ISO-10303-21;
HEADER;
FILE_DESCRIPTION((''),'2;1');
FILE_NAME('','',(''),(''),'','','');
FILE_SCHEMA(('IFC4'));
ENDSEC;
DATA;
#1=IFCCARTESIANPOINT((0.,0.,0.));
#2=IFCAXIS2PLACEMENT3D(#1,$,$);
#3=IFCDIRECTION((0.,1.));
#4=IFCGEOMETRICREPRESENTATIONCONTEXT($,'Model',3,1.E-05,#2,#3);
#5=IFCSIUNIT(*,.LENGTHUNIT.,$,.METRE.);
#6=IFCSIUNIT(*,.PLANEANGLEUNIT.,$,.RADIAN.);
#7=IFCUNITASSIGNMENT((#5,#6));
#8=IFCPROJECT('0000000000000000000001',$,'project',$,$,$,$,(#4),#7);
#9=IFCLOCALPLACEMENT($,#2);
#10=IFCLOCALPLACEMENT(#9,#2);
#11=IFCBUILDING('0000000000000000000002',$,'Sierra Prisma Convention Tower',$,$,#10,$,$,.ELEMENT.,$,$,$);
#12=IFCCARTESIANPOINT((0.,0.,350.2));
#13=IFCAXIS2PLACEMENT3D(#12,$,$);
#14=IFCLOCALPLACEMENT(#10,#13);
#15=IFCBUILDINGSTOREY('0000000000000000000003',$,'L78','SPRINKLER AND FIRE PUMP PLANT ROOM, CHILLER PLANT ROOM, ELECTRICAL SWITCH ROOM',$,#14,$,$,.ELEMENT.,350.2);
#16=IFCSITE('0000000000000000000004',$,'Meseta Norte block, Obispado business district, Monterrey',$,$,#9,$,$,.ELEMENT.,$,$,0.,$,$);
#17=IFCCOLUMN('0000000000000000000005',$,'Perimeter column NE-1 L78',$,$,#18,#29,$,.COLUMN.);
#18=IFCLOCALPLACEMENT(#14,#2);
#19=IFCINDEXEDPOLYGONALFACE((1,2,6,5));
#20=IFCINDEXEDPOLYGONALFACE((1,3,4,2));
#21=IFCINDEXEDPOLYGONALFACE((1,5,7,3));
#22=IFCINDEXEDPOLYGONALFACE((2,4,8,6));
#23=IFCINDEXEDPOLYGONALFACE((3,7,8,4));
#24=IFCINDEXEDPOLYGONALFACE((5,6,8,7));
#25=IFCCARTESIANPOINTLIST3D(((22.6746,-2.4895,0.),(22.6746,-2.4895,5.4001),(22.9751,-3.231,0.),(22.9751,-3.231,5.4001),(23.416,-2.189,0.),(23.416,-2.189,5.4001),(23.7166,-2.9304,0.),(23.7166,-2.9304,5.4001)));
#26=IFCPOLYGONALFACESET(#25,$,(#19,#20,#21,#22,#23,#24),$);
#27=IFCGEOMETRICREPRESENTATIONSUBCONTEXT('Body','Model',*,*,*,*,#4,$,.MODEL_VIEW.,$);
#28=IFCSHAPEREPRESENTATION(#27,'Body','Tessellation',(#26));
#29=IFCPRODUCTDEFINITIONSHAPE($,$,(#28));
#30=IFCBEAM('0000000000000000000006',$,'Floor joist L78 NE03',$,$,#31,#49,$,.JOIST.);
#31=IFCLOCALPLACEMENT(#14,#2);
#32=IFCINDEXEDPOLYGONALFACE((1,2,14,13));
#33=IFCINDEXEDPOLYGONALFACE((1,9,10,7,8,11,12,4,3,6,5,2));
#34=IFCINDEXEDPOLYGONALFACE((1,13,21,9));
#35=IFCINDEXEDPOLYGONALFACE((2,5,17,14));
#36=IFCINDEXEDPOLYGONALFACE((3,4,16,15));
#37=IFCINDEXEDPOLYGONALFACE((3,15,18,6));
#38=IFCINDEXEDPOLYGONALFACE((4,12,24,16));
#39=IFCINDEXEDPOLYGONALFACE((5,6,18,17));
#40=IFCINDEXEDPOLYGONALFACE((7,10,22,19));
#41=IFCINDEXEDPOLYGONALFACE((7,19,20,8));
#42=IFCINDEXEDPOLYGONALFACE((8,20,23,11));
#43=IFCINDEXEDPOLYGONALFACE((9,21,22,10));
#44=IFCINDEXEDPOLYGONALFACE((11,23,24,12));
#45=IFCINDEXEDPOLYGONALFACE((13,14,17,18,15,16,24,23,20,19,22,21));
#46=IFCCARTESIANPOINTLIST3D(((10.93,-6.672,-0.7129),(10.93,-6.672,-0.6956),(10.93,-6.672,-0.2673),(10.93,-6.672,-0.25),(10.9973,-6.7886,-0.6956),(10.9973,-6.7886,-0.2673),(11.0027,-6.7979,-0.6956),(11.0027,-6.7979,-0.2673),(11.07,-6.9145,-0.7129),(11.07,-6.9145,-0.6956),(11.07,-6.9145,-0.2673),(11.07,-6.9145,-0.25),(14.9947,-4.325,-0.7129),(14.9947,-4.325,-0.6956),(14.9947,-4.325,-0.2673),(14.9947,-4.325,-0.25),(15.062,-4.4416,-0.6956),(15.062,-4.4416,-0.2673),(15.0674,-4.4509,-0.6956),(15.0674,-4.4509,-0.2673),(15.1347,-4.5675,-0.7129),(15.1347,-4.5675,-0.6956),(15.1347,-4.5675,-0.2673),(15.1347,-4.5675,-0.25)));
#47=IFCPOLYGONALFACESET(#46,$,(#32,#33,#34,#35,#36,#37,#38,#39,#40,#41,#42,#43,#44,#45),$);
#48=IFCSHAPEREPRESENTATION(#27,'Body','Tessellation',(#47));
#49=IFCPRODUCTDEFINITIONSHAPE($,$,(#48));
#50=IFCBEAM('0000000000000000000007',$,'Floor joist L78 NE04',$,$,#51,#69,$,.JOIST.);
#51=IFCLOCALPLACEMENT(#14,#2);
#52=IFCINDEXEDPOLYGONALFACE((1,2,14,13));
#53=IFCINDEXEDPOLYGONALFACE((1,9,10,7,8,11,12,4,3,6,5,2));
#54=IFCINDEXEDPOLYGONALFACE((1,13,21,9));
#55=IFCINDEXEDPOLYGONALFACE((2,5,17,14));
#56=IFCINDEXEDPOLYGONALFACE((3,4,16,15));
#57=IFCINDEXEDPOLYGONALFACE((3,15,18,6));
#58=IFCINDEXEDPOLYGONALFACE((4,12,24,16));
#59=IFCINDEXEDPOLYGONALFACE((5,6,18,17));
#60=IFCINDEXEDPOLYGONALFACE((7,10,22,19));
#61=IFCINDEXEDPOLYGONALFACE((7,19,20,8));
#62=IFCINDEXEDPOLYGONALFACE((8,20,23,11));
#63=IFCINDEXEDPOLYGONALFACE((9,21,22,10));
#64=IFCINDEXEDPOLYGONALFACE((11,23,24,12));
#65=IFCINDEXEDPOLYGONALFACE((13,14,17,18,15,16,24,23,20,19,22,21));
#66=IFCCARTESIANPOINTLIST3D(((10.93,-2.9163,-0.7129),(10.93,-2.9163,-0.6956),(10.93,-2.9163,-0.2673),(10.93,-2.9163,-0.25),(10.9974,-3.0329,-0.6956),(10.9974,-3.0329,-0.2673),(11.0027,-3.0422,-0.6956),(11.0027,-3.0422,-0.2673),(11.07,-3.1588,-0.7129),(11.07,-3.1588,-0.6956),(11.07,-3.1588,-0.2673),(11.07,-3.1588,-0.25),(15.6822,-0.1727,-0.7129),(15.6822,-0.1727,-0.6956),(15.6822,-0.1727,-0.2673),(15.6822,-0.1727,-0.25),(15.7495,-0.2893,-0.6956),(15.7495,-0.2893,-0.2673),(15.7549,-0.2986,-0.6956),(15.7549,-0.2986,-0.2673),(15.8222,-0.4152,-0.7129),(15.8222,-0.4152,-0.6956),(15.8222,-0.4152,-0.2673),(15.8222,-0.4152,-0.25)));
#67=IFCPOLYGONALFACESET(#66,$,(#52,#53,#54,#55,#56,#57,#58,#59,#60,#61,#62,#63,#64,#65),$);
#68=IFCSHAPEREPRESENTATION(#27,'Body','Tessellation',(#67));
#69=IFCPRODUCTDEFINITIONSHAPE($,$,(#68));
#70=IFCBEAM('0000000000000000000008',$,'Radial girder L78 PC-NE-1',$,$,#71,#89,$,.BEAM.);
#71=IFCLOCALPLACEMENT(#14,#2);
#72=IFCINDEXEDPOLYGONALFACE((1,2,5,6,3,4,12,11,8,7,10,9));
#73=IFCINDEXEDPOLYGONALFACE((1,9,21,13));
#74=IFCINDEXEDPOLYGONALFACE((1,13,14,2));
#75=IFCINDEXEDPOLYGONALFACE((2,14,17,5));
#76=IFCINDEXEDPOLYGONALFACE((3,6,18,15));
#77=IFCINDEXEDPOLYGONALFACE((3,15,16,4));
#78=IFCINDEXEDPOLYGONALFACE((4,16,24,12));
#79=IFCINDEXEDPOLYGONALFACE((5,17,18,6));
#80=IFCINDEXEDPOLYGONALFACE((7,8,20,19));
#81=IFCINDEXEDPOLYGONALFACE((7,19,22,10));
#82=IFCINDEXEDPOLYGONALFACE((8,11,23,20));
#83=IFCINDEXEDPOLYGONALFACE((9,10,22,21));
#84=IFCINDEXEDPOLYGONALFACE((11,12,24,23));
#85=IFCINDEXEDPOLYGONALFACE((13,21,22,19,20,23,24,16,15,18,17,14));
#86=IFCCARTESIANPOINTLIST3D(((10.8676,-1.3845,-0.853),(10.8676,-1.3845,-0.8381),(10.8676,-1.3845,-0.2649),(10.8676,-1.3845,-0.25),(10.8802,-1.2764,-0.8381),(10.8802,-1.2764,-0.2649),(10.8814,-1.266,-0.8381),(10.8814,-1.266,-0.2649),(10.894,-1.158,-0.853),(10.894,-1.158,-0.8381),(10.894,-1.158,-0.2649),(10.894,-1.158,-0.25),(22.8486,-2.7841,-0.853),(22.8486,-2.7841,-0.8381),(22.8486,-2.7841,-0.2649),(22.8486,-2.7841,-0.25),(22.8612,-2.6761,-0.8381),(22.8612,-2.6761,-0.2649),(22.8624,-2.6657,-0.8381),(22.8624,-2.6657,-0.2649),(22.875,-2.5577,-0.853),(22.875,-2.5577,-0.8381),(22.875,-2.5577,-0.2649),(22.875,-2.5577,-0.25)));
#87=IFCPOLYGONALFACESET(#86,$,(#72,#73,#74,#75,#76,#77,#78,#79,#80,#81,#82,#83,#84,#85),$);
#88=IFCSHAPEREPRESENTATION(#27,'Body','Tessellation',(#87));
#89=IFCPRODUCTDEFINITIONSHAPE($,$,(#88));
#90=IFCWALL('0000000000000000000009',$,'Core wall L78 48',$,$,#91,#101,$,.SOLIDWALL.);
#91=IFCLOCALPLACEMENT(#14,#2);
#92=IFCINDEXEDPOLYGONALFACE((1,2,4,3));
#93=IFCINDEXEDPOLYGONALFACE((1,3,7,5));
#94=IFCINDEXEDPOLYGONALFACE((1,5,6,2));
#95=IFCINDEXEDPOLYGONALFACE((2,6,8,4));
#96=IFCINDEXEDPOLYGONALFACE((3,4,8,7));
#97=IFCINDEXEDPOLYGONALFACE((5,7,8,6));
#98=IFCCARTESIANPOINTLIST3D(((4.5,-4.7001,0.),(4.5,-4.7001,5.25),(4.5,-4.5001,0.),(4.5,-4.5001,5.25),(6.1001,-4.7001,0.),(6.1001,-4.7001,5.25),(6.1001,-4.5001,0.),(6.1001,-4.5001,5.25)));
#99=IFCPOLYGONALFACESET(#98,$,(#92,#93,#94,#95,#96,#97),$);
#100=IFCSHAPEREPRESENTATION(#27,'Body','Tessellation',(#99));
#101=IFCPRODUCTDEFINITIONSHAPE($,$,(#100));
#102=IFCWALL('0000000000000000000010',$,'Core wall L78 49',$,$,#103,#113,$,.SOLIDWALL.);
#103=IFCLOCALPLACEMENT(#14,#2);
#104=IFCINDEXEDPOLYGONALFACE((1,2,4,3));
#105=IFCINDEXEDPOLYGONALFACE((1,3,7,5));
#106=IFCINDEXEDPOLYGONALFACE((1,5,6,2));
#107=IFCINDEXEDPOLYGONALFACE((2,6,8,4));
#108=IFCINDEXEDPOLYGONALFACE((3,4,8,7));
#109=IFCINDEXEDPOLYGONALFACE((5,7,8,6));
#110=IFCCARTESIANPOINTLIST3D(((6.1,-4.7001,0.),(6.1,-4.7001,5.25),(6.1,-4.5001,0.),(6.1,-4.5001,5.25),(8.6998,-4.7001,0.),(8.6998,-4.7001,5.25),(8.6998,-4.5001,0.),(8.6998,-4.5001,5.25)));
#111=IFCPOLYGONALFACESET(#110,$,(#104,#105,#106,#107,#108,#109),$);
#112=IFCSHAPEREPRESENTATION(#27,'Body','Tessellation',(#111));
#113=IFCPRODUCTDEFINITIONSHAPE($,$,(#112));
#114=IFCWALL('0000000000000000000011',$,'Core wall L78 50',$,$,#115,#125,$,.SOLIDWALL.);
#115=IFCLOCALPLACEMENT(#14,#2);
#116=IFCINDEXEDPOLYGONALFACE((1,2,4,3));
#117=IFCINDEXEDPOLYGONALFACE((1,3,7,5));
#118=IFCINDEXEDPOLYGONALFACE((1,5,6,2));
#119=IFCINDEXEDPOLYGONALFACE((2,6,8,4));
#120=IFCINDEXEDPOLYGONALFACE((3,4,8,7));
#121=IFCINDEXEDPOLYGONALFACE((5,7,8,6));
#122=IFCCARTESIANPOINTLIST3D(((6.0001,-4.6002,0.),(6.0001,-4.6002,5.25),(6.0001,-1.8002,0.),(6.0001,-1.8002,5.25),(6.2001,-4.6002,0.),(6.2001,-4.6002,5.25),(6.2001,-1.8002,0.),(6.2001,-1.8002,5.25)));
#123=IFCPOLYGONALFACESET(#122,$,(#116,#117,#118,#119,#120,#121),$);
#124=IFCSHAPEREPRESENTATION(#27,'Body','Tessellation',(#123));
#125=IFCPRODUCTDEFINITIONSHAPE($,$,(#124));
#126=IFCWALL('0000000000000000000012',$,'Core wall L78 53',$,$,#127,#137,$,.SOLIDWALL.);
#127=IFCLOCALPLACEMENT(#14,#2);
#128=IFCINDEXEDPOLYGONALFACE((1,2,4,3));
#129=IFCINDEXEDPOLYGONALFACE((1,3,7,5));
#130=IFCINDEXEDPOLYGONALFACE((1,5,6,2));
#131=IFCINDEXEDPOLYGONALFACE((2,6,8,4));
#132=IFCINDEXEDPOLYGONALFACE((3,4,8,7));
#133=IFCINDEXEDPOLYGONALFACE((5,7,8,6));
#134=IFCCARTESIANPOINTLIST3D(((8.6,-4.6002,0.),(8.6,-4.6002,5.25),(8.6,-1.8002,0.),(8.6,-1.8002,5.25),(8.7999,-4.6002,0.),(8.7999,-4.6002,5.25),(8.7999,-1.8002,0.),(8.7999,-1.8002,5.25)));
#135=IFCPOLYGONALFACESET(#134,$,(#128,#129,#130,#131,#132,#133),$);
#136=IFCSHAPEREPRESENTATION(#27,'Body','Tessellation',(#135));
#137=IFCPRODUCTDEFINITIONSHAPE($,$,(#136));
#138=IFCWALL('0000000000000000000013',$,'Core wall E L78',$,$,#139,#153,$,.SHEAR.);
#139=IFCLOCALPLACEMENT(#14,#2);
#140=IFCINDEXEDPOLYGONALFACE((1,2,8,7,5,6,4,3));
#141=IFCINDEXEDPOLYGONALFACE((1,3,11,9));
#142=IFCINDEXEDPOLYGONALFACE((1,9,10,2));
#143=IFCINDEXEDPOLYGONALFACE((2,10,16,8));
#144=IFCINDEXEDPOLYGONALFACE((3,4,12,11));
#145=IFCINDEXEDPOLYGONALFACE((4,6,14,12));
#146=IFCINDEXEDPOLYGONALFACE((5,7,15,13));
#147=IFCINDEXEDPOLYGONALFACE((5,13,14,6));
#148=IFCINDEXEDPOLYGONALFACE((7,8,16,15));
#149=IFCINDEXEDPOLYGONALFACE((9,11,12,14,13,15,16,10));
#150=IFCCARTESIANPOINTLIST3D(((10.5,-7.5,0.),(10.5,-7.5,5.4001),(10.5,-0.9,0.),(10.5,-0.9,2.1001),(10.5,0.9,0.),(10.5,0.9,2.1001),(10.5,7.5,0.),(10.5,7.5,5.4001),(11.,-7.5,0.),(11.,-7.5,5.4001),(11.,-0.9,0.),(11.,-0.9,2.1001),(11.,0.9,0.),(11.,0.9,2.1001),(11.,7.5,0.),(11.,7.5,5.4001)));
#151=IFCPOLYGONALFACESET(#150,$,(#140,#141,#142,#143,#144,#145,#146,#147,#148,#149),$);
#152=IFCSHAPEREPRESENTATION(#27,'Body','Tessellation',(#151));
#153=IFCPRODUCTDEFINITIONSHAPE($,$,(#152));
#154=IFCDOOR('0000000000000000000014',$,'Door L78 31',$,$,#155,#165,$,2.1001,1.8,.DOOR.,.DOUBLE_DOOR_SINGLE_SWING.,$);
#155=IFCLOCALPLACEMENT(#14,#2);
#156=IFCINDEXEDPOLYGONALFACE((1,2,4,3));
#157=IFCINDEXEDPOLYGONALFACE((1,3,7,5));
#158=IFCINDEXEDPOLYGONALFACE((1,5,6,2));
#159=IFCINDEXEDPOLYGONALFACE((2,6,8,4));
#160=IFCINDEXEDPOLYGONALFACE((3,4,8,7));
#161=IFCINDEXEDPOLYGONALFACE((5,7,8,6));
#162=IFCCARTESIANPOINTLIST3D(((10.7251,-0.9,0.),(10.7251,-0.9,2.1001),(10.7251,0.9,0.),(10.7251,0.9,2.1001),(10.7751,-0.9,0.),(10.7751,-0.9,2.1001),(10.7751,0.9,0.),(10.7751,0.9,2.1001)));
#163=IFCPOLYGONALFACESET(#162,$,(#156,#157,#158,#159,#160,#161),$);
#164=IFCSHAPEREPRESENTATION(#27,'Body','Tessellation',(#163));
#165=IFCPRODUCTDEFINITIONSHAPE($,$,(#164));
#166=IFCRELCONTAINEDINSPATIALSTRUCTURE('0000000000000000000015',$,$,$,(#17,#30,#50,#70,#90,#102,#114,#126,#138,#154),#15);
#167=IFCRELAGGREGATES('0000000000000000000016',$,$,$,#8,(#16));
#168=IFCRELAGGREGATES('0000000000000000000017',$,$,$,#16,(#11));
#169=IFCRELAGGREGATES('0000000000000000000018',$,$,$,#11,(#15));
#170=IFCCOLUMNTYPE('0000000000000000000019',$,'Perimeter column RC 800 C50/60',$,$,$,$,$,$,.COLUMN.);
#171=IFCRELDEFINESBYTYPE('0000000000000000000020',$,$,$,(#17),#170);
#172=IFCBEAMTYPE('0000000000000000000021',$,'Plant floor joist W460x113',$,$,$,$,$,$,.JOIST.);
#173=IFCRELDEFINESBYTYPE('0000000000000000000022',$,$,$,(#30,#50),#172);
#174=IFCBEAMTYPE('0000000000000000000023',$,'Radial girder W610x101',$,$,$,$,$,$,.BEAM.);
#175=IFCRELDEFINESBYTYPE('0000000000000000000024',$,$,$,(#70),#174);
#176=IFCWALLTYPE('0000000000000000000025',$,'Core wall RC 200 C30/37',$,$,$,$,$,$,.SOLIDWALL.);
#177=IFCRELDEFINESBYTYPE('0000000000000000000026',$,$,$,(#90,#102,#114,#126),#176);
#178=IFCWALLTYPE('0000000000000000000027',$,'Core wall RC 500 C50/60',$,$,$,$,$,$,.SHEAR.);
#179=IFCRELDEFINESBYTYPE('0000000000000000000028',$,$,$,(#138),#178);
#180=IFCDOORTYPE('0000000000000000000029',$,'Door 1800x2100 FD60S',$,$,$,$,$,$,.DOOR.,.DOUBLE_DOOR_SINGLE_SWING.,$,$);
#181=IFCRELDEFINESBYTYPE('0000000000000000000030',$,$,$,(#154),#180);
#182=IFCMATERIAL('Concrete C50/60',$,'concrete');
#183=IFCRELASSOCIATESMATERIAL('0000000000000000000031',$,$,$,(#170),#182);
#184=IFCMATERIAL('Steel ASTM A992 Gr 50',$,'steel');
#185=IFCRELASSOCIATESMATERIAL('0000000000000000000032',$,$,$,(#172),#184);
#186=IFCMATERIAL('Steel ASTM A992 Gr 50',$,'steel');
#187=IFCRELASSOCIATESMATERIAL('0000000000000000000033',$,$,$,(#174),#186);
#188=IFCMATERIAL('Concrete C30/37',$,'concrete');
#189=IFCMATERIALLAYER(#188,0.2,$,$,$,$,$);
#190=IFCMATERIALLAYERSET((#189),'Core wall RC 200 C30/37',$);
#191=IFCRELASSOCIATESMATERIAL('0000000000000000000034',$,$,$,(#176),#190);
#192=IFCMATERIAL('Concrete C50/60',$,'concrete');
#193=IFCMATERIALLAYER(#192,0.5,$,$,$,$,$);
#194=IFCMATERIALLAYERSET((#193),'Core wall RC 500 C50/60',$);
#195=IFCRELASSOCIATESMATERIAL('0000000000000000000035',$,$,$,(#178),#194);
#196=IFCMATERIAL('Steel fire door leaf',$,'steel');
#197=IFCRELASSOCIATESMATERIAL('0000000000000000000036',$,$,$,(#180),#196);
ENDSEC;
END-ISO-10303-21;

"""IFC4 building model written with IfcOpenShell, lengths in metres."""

from ifc_helpers import new_model, si_unit, direction, frame, frame_2d, origin, origin_2d, place, context, subcontext, project, spatial, rectangle, i_section, extrude, material, layer, layer_set, material_profile, profile_set, type_object, element, fill, save


model = new_model("IFC4")

# Units and contexts
model_context = context("Model", 3, precision=1e-05, world=origin(), true_north=direction((0.0, 1.0)))
body_context = subcontext(model_context, "Body", "Model", "MODEL_VIEW")
ifc_project = project(units=[si_unit("LENGTHUNIT", "METRE"), si_unit("PLANEANGLEUNIT", "RADIAN")], contexts=[model_context])

# Site, building, storey
site_placement = place(None, origin())
site = spatial("IfcSite", under=ifc_project, at=site_placement, Name="Meseta Norte block, Obispado business district, Monterrey", CompositionType="ELEMENT", RefElevation=0.0)
building_placement = place(site_placement, origin())
building = spatial("IfcBuilding", under=site, at=building_placement, Name="Sierra Prisma Convention Tower", CompositionType="ELEMENT")
storey_placement = place(building_placement, frame((0.0, 0.0, 350.2)))
storey = spatial("IfcBuildingStorey", under=building, at=storey_placement, Name="L78", Description="SPRINKLER AND FIRE PUMP PLANT ROOM, CHILLER PLANT ROOM, ELECTRICAL SWITCH ROOM", CompositionType="ELEMENT", Elevation=350.2)

# Column
ifc_material_1 = material(Name="Concrete C50/60", Category="concrete")
ifc_material_profile_1 = material_profile(ifc_material_1, rectangle(XDim=0.8, YDim=0.8, at=origin_2d()), Name="Perimeter column RC 800 C50/60")
ifc_profile_set_1 = profile_set([ifc_material_profile_1], Name="Concrete C50/60")
column_type = type_object("IfcColumnType", Name="Perimeter column RC 800 C50/60", PredefinedType="COLUMN", material=ifc_profile_set_1)
column_placement = place(storey_placement, frame((23.1956, -2.71, 0.0), z_axis=(0.0, 0.0, 1.0), x_axis=(-0.375686, 0.926747, 0.0)))
element("IfcColumn", 1, at=column_placement, inside=storey, type_object=column_type, Name="Perimeter column NE-1 L78", PredefinedType="COLUMN", context=body_context, shape_type="SweptSolid", body=[
    extrude(rectangle(XDim=0.8, YDim=0.8, at=origin_2d()), origin(), (0.0, 0.0, 1.0), 5.4001),
])

# Beams
ifc_material_2 = material(Name="Steel ASTM A992 Gr 50", Category="steel")
ifc_material_profile_2 = material_profile(ifc_material_2, i_section(OverallWidth=0.28, OverallDepth=0.4629, WebThickness=0.0107, FlangeThickness=0.0173, at=origin_2d()), Name="W460x113")
ifc_profile_set_2 = profile_set([ifc_material_profile_2], Name="Steel ASTM A992 Gr 50")
beam_type_1 = type_object("IfcBeamType", Name="Plant floor joist W460x113", PredefinedType="JOIST", material=ifc_profile_set_2)
beam_1_placement = place(storey_placement, frame((15.0647, -4.4463, -0.4814), z_axis=(-0.86601, -0.500027, 0.0), x_axis=(0.500027, -0.86601, 0.0)))
element("IfcBeam", 2, at=beam_1_placement, inside=storey, type_object=beam_type_1, Name="Floor joist L78 NE03", PredefinedType="JOIST", context=body_context, shape_type="SweptSolid", body=[
    extrude(i_section(OverallWidth=0.28, OverallDepth=0.4629, WebThickness=0.0107, FlangeThickness=0.0173, at=origin_2d()), origin(), (0.0, 0.0, 1.0), 4.6936),
])
beam_2_placement = place(storey_placement, frame((15.7522, -0.2939, -0.4814), z_axis=(-0.866028, -0.499996, 0.0), x_axis=(0.499996, -0.866028, 0.0)))
element("IfcBeam", 3, at=beam_2_placement, inside=storey, type_object=beam_type_1, Name="Floor joist L78 NE04", PredefinedType="JOIST", context=body_context, shape_type="SweptSolid", body=[
    extrude(i_section(OverallWidth=0.28, OverallDepth=0.4629, WebThickness=0.0107, FlangeThickness=0.0173, at=origin_2d()), origin(), (0.0, 0.0, 1.0), 5.4873),
])
ifc_material_3 = material(Name="Steel ASTM A992 Gr 50", Category="steel")
ifc_material_profile_3 = material_profile(ifc_material_3, i_section(OverallWidth=0.228, OverallDepth=0.603, WebThickness=0.0105, FlangeThickness=0.0149, at=origin_2d()), Name="W610x101")
ifc_profile_set_3 = profile_set([ifc_material_profile_3], Name="Steel ASTM A992 Gr 50")
beam_type_2 = type_object("IfcBeamType", Name="Radial girder W610x101", PredefinedType="BEAM", material=ifc_profile_set_3)
beam_3_placement = place(storey_placement, frame((22.8618, -2.6709, -0.5515), z_axis=(-0.993245, 0.116034, 0.0), x_axis=(-0.116034, -0.993245, 0.0)))
element("IfcBeam", 4, at=beam_3_placement, inside=storey, type_object=beam_type_2, Name="Radial girder L78 PC-NE-1", PredefinedType="BEAM", context=body_context, shape_type="SweptSolid", body=[
    extrude(i_section(OverallWidth=0.228, OverallDepth=0.603, WebThickness=0.0105, FlangeThickness=0.0149, at=origin_2d()), origin(), (0.0, 0.0, 1.0), 12.0625),
])

# Shared definitions
ifc_material_4 = material(Name="Concrete C30/37", Category="concrete")
ifc_layer_1 = layer(ifc_material_4, 0.2)
ifc_layer_set_1 = layer_set([ifc_layer_1], Name="Core wall RC 200 C30/37")
wall_type_1 = type_object("IfcWallType", Name="Core wall RC 200 C30/37", PredefinedType="SOLIDWALL", material=ifc_layer_set_1)

# Walls
wall_1_placement = place(storey_placement, frame((4.5, -4.6001, 0.0), z_axis=(0.0, 0.0, 1.0), x_axis=(1.0, 0.0, 0.0)))
element("IfcWall", 5, at=wall_1_placement, inside=storey, type_object=wall_type_1, Name="Core wall L78 48", PredefinedType="SOLIDWALL", context=body_context, shape_type="SweptSolid", body=[
    extrude(rectangle(XDim=1.6001, YDim=0.2, at=frame_2d((0.8, 0.0))), origin(), (0.0, 0.0, 1.0), 5.25),
])
wall_2_placement = place(storey_placement, frame((6.1001, -4.6001, 0.0), z_axis=(0.0, 0.0, 1.0), x_axis=(1.0, 0.0, 0.0)))
element("IfcWall", 6, at=wall_2_placement, inside=storey, type_object=wall_type_1, Name="Core wall L78 49", PredefinedType="SOLIDWALL", context=body_context, shape_type="SweptSolid", body=[
    extrude(rectangle(XDim=2.5999, YDim=0.2, at=frame_2d((1.2998, 0.0))), origin(), (0.0, 0.0, 1.0), 5.25),
])
wall_3_placement = place(storey_placement, frame((6.1001, -4.6001, 0.0), z_axis=(0.0, 0.0, 1.0), x_axis=(0.0, 1.0, 0.0)))
element("IfcWall", 7, at=wall_3_placement, inside=storey, type_object=wall_type_1, Name="Core wall L78 50", PredefinedType="SOLIDWALL", context=body_context, shape_type="SweptSolid", body=[
    extrude(rectangle(XDim=2.8, YDim=0.2, at=frame_2d((1.3999, 0.0))), origin(), (0.0, 0.0, 1.0), 5.25),
])

# Wall
wall_4_placement = place(storey_placement, frame((8.7, -4.6001, 0.0), z_axis=(0.0, 0.0, 1.0), x_axis=(0.0, 1.0, 0.0)))
element("IfcWall", 8, at=wall_4_placement, inside=storey, type_object=wall_type_1, Name="Core wall L78 53", PredefinedType="SOLIDWALL", context=body_context, shape_type="SweptSolid", body=[
    extrude(rectangle(XDim=2.8, YDim=0.2, at=frame_2d((1.3999, 0.0))), origin(), (0.0, 0.0, 1.0), 5.25),
])

# Wall, opening, door
ifc_material_5 = material(Name="Concrete C50/60", Category="concrete")
ifc_layer_2 = layer(ifc_material_5, 0.5)
ifc_layer_set_2 = layer_set([ifc_layer_2], Name="Core wall RC 500 C50/60")
wall_type_2 = type_object("IfcWallType", Name="Core wall RC 500 C50/60", PredefinedType="SHEAR", material=ifc_layer_set_2)
wall_5_placement = place(storey_placement, frame((10.75, -7.5, 0.0), z_axis=(0.0, 0.0, 1.0), x_axis=(0.0, 1.0, 0.0)))
wall_5 = element("IfcWall", 9, at=wall_5_placement, inside=storey, type_object=wall_type_2, Name="Core wall E L78", PredefinedType="SHEAR", context=body_context, shape_type="SweptSolid", body=[
    extrude(rectangle(XDim=15.0, YDim=0.5, at=frame_2d((7.5, 0.0))), origin(), (0.0, 0.0, 1.0), 5.4001),
])
opening_1_placement = place(wall_5_placement, frame((6.6001, 0.0, 0.0)))
opening_1 = element("IfcOpeningElement", 10, at=opening_1_placement, cuts=wall_5, PredefinedType="OPENING", context=body_context, shape_type="SweptSolid", body=[
    extrude(rectangle(XDim=1.8, YDim=2.1001, at=frame_2d((0.8999, 1.05))), frame((0.0, 0.25, 0.0), z_axis=(0.0, -1.0, 0.0), x_axis=(1.0, 0.0, 0.0)), (0.0, 0.0, 1.0), 0.5),
])
ifc_material_6 = material(Name="Steel fire door leaf", Category="steel")
door_type_1 = type_object("IfcDoorType", Name="Door 1800x2100 FD60S", OperationType="DOUBLE_DOOR_SINGLE_SWING", PredefinedType="DOOR", material=ifc_material_6)
door_1_placement = place(opening_1_placement, origin())
door_1 = element("IfcDoor", 11, at=door_1_placement, inside=storey, type_object=door_type_1, Name="Door L78 31", OperationType="DOUBLE_DOOR_SINGLE_SWING", OverallHeight=2.1001, OverallWidth=1.8, PredefinedType="DOOR", context=body_context, shape_type="SweptSolid", body=[
    extrude(rectangle(XDim=1.8, YDim=2.1001, at=frame_2d((0.8999, 1.05))), frame((0.0, 0.0249, 0.0), z_axis=(0.0, -1.0, 0.0), x_axis=(1.0, 0.0, 0.0)), (0.0, 0.0, 1.0), 0.05),
])
fill(opening_1, door_1)

save(model, "model.ifc")
